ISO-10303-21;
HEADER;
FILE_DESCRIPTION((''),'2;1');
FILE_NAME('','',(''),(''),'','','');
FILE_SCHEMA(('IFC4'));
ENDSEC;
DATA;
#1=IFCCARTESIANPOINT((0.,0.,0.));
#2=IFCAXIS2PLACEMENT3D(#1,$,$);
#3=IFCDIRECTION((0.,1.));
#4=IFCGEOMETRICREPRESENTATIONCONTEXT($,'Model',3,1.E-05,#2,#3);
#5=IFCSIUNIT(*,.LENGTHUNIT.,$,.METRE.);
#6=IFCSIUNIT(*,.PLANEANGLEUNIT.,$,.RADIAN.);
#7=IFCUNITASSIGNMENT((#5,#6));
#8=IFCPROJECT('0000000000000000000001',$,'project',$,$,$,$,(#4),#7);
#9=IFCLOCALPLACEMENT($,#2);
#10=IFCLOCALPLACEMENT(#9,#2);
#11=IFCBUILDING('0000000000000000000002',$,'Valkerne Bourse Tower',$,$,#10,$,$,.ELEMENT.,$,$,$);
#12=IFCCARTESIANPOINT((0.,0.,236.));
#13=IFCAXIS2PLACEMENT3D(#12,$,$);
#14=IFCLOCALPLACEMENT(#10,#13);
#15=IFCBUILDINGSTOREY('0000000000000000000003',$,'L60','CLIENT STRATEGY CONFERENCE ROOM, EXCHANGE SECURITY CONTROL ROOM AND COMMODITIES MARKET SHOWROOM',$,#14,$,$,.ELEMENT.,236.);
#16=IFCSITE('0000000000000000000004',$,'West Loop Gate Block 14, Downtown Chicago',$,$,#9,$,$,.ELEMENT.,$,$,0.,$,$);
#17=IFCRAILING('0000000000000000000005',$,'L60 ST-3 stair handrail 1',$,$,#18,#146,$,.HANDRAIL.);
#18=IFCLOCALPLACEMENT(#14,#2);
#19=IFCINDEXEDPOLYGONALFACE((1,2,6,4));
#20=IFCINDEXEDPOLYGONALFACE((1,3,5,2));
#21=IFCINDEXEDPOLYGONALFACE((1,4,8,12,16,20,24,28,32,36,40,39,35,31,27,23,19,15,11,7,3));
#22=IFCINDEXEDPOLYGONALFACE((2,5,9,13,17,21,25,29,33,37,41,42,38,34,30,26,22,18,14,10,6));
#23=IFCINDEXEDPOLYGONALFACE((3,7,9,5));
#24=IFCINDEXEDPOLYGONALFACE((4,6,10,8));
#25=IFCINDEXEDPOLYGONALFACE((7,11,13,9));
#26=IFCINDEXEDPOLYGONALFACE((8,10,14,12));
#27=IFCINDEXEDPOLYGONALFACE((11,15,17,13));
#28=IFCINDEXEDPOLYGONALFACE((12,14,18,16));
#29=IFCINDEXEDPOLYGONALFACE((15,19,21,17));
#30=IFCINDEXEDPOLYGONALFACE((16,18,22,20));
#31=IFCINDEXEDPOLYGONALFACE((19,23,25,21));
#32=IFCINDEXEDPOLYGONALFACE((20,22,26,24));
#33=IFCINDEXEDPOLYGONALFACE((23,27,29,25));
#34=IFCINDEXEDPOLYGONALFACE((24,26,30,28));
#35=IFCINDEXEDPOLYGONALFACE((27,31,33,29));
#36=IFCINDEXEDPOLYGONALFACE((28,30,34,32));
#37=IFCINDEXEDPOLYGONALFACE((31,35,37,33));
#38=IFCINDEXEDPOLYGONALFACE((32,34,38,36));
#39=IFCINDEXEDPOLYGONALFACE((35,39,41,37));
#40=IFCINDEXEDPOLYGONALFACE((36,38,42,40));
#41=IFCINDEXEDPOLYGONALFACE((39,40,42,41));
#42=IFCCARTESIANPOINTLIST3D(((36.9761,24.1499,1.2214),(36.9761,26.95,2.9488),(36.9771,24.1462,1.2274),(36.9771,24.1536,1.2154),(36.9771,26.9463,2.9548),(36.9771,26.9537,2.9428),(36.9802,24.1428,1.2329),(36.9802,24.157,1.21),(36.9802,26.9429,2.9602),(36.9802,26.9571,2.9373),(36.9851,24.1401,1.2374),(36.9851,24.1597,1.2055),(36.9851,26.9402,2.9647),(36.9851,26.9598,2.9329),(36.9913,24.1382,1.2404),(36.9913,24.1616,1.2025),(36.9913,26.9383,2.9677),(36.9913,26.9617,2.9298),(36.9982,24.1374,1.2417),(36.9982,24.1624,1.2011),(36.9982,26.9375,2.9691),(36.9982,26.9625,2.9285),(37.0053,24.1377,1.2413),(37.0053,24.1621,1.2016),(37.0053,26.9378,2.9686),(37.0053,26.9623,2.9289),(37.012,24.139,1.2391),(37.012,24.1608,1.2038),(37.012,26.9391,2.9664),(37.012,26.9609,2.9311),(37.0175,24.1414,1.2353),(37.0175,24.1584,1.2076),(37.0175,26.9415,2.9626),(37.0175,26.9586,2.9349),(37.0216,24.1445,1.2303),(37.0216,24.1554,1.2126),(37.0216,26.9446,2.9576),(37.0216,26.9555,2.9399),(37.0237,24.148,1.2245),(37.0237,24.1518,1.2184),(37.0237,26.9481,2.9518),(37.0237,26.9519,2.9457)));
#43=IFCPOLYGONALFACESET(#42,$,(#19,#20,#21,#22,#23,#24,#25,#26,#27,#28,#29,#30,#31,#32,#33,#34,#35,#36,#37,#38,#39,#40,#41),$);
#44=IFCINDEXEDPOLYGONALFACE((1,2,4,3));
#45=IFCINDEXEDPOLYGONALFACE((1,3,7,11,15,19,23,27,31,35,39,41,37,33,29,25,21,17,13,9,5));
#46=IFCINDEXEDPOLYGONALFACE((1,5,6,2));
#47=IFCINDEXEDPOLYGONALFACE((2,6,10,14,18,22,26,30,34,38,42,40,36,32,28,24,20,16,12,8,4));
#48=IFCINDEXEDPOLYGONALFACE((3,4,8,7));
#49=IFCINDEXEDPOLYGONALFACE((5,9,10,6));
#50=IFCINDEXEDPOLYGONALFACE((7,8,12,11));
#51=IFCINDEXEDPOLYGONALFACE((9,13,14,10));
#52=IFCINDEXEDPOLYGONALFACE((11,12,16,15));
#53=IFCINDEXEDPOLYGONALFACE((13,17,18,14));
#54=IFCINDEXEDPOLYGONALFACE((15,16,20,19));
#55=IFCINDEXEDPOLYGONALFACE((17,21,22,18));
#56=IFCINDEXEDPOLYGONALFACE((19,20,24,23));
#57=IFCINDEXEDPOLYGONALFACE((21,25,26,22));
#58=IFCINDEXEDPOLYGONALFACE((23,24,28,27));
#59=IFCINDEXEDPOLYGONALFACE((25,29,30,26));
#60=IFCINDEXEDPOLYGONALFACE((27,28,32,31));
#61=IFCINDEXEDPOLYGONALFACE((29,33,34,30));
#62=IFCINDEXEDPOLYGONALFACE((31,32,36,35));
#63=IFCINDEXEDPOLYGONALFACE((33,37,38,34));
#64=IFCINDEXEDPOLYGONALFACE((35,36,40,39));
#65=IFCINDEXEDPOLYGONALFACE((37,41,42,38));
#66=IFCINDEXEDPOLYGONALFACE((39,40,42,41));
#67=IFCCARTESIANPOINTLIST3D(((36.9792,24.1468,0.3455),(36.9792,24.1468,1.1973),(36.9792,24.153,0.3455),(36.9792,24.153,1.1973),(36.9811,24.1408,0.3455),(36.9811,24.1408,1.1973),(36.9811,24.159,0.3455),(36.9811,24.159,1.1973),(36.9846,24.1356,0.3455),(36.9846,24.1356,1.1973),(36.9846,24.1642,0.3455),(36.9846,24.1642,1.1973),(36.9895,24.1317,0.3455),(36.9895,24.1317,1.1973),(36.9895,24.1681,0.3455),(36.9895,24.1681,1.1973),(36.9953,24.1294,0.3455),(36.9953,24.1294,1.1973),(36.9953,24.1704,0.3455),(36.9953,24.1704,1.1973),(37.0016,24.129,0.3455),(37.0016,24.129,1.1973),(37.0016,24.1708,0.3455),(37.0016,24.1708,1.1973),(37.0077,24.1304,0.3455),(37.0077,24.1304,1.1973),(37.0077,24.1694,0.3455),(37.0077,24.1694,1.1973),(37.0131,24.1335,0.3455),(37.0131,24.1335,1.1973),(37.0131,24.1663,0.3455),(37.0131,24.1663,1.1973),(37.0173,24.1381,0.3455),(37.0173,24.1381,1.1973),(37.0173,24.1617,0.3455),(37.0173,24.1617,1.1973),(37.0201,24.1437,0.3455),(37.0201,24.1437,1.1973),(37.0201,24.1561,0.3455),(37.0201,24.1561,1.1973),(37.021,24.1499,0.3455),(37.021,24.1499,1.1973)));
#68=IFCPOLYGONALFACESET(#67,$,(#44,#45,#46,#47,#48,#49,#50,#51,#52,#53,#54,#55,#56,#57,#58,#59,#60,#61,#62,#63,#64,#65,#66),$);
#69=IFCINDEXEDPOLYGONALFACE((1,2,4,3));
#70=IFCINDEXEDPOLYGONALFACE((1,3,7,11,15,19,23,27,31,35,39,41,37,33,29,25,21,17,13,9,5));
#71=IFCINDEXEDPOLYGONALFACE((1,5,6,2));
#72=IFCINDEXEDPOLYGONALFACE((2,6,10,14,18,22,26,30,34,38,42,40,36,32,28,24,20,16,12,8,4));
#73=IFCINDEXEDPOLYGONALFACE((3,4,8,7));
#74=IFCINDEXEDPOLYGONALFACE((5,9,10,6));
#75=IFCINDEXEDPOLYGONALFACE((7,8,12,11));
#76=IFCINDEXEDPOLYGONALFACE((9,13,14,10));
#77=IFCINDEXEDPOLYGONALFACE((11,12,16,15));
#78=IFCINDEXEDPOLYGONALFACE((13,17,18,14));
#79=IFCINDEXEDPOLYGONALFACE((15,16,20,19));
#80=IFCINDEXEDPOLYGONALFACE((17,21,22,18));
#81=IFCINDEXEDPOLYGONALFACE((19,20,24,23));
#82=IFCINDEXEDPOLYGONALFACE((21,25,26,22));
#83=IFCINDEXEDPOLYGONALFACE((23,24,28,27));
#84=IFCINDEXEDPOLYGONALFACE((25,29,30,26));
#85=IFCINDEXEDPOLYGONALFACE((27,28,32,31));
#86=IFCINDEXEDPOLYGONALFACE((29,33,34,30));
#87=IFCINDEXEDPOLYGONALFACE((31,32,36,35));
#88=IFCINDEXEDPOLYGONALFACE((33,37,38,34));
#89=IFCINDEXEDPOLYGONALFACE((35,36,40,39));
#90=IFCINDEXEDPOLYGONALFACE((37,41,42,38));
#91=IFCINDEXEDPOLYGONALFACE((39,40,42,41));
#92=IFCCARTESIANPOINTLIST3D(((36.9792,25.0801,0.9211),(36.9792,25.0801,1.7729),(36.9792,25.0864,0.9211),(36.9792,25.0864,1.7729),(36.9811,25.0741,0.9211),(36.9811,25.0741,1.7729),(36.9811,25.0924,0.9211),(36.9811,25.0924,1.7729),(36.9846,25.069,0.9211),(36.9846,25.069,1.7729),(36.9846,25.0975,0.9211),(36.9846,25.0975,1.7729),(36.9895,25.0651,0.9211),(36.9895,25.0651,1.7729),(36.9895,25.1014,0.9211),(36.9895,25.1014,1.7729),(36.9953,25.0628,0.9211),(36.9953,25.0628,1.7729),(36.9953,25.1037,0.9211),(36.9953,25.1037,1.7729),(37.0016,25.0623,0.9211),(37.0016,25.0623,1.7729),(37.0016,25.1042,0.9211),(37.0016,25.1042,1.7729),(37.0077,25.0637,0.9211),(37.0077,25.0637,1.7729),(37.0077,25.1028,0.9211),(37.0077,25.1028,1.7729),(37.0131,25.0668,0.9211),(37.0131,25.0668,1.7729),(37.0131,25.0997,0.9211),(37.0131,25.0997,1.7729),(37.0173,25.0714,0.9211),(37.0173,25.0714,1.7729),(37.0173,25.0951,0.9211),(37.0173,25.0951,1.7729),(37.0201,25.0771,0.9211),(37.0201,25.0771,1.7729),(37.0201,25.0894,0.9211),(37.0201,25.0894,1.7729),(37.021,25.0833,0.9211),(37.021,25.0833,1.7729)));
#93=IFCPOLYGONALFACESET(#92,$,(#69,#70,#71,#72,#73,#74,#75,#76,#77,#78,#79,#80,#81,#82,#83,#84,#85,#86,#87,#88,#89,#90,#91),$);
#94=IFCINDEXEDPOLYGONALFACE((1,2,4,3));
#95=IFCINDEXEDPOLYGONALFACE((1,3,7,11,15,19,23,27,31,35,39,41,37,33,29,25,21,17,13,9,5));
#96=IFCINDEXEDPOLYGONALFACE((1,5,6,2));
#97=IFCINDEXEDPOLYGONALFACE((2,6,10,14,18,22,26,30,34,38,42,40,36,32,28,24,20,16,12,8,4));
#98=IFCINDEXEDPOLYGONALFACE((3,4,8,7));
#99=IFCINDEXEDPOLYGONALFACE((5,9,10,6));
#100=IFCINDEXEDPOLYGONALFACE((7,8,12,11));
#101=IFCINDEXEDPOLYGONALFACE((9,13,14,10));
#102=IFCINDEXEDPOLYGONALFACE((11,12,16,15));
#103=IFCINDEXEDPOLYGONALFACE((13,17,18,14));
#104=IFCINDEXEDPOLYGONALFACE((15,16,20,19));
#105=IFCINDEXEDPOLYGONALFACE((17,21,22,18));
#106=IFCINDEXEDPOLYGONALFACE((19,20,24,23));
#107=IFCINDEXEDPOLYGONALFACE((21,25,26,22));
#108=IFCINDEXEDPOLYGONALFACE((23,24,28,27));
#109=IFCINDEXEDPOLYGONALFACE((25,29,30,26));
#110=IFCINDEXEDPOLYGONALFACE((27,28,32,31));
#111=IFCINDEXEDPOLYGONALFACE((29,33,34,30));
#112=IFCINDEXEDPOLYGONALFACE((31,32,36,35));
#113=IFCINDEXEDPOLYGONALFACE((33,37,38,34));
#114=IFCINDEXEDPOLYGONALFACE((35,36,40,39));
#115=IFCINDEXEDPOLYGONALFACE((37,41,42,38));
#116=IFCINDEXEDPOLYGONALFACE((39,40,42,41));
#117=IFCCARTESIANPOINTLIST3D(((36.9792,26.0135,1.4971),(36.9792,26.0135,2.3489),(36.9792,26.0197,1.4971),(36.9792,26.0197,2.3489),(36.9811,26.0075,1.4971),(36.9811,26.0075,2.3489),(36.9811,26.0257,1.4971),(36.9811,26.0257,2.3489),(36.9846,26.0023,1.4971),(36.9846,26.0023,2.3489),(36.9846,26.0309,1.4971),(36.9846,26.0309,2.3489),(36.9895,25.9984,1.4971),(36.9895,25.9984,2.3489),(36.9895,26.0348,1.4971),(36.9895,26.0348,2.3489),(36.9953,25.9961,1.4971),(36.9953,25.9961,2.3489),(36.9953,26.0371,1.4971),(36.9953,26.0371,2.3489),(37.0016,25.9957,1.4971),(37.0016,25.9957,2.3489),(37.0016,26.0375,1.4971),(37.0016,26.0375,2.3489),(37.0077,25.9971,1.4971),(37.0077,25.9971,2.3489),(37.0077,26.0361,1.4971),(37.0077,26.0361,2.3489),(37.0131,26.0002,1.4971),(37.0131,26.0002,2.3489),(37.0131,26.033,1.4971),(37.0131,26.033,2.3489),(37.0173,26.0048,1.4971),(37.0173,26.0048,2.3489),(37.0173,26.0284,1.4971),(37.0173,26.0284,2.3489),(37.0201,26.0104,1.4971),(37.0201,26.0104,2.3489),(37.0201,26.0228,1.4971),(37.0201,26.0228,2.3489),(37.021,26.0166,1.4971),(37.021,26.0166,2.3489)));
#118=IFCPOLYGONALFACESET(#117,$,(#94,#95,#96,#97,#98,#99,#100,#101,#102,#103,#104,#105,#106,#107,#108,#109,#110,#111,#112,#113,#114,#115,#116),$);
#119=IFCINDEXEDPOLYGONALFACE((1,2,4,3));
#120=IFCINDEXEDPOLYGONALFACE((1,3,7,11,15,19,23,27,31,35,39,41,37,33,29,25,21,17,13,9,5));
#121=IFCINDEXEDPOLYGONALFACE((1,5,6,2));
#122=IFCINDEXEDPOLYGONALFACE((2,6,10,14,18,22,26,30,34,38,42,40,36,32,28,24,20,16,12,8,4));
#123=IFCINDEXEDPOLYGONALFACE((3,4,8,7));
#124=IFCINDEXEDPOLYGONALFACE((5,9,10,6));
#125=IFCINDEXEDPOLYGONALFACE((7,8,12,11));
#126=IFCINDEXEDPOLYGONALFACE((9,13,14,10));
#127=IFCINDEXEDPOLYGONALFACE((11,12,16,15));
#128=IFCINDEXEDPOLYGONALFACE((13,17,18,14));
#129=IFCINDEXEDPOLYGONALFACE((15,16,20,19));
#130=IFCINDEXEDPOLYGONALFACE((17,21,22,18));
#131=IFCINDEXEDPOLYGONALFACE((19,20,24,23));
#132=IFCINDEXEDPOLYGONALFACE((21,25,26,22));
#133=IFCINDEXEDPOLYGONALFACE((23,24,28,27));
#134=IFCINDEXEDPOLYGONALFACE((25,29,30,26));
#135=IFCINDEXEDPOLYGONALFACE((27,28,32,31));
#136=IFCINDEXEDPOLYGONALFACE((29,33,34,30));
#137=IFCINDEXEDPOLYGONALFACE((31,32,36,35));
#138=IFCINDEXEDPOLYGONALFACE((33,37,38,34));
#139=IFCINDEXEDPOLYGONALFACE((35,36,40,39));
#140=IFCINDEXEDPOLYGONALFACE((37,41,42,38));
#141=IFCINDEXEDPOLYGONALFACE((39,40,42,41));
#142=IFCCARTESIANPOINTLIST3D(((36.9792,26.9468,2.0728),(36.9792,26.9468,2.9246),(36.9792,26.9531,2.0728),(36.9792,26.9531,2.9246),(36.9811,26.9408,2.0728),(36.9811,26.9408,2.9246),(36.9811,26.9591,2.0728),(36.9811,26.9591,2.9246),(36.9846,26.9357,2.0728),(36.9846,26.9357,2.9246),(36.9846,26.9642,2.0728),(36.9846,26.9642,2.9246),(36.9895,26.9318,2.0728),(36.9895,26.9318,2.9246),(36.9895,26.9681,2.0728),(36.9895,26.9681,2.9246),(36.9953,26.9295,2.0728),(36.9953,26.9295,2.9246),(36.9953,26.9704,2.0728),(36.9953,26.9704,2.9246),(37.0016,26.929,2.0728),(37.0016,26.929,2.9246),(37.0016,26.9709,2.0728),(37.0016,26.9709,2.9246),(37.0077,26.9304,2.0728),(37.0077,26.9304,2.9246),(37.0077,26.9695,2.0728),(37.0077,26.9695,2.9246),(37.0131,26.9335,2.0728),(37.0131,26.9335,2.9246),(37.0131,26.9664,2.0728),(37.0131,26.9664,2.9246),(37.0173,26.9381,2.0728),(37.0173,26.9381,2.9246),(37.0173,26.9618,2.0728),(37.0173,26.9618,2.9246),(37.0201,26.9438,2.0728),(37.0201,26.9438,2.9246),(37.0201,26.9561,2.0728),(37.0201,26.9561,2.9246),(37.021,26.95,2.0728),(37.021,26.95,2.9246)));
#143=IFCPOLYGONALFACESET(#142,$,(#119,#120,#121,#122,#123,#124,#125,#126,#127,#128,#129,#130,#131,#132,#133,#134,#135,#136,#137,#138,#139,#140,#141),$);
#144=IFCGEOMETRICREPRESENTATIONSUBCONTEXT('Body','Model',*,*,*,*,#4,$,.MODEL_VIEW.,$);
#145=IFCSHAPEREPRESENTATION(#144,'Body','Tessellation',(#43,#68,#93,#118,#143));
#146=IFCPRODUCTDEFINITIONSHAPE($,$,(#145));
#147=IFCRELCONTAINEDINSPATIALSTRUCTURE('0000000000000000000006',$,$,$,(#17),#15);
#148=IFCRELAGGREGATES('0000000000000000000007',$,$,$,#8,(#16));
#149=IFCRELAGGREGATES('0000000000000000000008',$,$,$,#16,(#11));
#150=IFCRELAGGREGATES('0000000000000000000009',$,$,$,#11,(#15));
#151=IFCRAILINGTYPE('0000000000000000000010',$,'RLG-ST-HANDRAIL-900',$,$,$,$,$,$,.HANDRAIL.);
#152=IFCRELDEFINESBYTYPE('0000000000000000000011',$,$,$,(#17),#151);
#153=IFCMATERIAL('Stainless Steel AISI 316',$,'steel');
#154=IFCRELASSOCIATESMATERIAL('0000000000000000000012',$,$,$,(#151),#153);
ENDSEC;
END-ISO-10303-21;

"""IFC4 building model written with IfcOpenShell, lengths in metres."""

from ifc_helpers import new_model, si_unit, direction, frame, origin, origin_2d, place, context, subcontext, project, spatial, circle, extrude, material, type_object, element, save


model = new_model("IFC4")

# Units and contexts
model_context = context("Model", 3, precision=1e-05, world=origin(), true_north=direction((0.0, 1.0)))
body_context = subcontext(model_context, "Body", "Model", "MODEL_VIEW")
ifc_project = project(units=[si_unit("LENGTHUNIT", "METRE"), si_unit("PLANEANGLEUNIT", "RADIAN")], contexts=[model_context])

# Site, building, storey
site_placement = place(None, origin())
site = spatial("IfcSite", under=ifc_project, at=site_placement, Name="West Loop Gate Block 14, Downtown Chicago", CompositionType="ELEMENT", RefElevation=0.0)
building_placement = place(site_placement, origin())
building = spatial("IfcBuilding", under=site, at=building_placement, Name="Valkerne Bourse Tower", CompositionType="ELEMENT")
storey_placement = place(building_placement, frame((0.0, 0.0, 236.0)))
storey = spatial("IfcBuildingStorey", under=building, at=storey_placement, Name="L60", Description="CLIENT STRATEGY CONFERENCE ROOM, EXCHANGE SECURITY CONTROL ROOM AND COMMODITIES MARKET SHOWROOM", CompositionType="ELEMENT", Elevation=236.0)

# Railing
ifc_material_1 = material(Name="Stainless Steel AISI 316", Category="steel")
railing_type_1 = type_object("IfcRailingType", Name="RLG-ST-HANDRAIL-900", PredefinedType="HANDRAIL", material=ifc_material_1)
railing_1_placement = place(storey_placement, frame((37.0, 24.1499, 0.3455)))
element("IfcRailing", 1, at=railing_1_placement, inside=storey, type_object=railing_type_1, Name="L60 ST-3 stair handrail 1", PredefinedType="HANDRAIL", context=body_context, shape_type="SweptSolid", body=[
    extrude(circle(Radius=0.0239, at=origin_2d()), frame((0.0, 0.0, 0.876), z_axis=(0.0, 0.85109, 0.52502), x_axis=(-1.0, 0.0, 0.0)), (0.0, 0.0, 1.0), 3.29),
    extrude(circle(Radius=0.021, at=origin_2d()), origin(), (0.0, 0.0, 1.0), 0.8518),
    extrude(circle(Radius=0.021, at=origin_2d()), frame((0.0, 0.9333, 0.5757)), (0.0, 0.0, 1.0), 0.8518),
    extrude(circle(Radius=0.021, at=origin_2d()), frame((0.0, 1.8667, 1.1516)), (0.0, 0.0, 1.0), 0.8518),
    extrude(circle(Radius=0.021, at=origin_2d()), frame((0.0, 2.8, 1.7273)), (0.0, 0.0, 1.0), 0.8518),
])

save(model, "model.ifc")
